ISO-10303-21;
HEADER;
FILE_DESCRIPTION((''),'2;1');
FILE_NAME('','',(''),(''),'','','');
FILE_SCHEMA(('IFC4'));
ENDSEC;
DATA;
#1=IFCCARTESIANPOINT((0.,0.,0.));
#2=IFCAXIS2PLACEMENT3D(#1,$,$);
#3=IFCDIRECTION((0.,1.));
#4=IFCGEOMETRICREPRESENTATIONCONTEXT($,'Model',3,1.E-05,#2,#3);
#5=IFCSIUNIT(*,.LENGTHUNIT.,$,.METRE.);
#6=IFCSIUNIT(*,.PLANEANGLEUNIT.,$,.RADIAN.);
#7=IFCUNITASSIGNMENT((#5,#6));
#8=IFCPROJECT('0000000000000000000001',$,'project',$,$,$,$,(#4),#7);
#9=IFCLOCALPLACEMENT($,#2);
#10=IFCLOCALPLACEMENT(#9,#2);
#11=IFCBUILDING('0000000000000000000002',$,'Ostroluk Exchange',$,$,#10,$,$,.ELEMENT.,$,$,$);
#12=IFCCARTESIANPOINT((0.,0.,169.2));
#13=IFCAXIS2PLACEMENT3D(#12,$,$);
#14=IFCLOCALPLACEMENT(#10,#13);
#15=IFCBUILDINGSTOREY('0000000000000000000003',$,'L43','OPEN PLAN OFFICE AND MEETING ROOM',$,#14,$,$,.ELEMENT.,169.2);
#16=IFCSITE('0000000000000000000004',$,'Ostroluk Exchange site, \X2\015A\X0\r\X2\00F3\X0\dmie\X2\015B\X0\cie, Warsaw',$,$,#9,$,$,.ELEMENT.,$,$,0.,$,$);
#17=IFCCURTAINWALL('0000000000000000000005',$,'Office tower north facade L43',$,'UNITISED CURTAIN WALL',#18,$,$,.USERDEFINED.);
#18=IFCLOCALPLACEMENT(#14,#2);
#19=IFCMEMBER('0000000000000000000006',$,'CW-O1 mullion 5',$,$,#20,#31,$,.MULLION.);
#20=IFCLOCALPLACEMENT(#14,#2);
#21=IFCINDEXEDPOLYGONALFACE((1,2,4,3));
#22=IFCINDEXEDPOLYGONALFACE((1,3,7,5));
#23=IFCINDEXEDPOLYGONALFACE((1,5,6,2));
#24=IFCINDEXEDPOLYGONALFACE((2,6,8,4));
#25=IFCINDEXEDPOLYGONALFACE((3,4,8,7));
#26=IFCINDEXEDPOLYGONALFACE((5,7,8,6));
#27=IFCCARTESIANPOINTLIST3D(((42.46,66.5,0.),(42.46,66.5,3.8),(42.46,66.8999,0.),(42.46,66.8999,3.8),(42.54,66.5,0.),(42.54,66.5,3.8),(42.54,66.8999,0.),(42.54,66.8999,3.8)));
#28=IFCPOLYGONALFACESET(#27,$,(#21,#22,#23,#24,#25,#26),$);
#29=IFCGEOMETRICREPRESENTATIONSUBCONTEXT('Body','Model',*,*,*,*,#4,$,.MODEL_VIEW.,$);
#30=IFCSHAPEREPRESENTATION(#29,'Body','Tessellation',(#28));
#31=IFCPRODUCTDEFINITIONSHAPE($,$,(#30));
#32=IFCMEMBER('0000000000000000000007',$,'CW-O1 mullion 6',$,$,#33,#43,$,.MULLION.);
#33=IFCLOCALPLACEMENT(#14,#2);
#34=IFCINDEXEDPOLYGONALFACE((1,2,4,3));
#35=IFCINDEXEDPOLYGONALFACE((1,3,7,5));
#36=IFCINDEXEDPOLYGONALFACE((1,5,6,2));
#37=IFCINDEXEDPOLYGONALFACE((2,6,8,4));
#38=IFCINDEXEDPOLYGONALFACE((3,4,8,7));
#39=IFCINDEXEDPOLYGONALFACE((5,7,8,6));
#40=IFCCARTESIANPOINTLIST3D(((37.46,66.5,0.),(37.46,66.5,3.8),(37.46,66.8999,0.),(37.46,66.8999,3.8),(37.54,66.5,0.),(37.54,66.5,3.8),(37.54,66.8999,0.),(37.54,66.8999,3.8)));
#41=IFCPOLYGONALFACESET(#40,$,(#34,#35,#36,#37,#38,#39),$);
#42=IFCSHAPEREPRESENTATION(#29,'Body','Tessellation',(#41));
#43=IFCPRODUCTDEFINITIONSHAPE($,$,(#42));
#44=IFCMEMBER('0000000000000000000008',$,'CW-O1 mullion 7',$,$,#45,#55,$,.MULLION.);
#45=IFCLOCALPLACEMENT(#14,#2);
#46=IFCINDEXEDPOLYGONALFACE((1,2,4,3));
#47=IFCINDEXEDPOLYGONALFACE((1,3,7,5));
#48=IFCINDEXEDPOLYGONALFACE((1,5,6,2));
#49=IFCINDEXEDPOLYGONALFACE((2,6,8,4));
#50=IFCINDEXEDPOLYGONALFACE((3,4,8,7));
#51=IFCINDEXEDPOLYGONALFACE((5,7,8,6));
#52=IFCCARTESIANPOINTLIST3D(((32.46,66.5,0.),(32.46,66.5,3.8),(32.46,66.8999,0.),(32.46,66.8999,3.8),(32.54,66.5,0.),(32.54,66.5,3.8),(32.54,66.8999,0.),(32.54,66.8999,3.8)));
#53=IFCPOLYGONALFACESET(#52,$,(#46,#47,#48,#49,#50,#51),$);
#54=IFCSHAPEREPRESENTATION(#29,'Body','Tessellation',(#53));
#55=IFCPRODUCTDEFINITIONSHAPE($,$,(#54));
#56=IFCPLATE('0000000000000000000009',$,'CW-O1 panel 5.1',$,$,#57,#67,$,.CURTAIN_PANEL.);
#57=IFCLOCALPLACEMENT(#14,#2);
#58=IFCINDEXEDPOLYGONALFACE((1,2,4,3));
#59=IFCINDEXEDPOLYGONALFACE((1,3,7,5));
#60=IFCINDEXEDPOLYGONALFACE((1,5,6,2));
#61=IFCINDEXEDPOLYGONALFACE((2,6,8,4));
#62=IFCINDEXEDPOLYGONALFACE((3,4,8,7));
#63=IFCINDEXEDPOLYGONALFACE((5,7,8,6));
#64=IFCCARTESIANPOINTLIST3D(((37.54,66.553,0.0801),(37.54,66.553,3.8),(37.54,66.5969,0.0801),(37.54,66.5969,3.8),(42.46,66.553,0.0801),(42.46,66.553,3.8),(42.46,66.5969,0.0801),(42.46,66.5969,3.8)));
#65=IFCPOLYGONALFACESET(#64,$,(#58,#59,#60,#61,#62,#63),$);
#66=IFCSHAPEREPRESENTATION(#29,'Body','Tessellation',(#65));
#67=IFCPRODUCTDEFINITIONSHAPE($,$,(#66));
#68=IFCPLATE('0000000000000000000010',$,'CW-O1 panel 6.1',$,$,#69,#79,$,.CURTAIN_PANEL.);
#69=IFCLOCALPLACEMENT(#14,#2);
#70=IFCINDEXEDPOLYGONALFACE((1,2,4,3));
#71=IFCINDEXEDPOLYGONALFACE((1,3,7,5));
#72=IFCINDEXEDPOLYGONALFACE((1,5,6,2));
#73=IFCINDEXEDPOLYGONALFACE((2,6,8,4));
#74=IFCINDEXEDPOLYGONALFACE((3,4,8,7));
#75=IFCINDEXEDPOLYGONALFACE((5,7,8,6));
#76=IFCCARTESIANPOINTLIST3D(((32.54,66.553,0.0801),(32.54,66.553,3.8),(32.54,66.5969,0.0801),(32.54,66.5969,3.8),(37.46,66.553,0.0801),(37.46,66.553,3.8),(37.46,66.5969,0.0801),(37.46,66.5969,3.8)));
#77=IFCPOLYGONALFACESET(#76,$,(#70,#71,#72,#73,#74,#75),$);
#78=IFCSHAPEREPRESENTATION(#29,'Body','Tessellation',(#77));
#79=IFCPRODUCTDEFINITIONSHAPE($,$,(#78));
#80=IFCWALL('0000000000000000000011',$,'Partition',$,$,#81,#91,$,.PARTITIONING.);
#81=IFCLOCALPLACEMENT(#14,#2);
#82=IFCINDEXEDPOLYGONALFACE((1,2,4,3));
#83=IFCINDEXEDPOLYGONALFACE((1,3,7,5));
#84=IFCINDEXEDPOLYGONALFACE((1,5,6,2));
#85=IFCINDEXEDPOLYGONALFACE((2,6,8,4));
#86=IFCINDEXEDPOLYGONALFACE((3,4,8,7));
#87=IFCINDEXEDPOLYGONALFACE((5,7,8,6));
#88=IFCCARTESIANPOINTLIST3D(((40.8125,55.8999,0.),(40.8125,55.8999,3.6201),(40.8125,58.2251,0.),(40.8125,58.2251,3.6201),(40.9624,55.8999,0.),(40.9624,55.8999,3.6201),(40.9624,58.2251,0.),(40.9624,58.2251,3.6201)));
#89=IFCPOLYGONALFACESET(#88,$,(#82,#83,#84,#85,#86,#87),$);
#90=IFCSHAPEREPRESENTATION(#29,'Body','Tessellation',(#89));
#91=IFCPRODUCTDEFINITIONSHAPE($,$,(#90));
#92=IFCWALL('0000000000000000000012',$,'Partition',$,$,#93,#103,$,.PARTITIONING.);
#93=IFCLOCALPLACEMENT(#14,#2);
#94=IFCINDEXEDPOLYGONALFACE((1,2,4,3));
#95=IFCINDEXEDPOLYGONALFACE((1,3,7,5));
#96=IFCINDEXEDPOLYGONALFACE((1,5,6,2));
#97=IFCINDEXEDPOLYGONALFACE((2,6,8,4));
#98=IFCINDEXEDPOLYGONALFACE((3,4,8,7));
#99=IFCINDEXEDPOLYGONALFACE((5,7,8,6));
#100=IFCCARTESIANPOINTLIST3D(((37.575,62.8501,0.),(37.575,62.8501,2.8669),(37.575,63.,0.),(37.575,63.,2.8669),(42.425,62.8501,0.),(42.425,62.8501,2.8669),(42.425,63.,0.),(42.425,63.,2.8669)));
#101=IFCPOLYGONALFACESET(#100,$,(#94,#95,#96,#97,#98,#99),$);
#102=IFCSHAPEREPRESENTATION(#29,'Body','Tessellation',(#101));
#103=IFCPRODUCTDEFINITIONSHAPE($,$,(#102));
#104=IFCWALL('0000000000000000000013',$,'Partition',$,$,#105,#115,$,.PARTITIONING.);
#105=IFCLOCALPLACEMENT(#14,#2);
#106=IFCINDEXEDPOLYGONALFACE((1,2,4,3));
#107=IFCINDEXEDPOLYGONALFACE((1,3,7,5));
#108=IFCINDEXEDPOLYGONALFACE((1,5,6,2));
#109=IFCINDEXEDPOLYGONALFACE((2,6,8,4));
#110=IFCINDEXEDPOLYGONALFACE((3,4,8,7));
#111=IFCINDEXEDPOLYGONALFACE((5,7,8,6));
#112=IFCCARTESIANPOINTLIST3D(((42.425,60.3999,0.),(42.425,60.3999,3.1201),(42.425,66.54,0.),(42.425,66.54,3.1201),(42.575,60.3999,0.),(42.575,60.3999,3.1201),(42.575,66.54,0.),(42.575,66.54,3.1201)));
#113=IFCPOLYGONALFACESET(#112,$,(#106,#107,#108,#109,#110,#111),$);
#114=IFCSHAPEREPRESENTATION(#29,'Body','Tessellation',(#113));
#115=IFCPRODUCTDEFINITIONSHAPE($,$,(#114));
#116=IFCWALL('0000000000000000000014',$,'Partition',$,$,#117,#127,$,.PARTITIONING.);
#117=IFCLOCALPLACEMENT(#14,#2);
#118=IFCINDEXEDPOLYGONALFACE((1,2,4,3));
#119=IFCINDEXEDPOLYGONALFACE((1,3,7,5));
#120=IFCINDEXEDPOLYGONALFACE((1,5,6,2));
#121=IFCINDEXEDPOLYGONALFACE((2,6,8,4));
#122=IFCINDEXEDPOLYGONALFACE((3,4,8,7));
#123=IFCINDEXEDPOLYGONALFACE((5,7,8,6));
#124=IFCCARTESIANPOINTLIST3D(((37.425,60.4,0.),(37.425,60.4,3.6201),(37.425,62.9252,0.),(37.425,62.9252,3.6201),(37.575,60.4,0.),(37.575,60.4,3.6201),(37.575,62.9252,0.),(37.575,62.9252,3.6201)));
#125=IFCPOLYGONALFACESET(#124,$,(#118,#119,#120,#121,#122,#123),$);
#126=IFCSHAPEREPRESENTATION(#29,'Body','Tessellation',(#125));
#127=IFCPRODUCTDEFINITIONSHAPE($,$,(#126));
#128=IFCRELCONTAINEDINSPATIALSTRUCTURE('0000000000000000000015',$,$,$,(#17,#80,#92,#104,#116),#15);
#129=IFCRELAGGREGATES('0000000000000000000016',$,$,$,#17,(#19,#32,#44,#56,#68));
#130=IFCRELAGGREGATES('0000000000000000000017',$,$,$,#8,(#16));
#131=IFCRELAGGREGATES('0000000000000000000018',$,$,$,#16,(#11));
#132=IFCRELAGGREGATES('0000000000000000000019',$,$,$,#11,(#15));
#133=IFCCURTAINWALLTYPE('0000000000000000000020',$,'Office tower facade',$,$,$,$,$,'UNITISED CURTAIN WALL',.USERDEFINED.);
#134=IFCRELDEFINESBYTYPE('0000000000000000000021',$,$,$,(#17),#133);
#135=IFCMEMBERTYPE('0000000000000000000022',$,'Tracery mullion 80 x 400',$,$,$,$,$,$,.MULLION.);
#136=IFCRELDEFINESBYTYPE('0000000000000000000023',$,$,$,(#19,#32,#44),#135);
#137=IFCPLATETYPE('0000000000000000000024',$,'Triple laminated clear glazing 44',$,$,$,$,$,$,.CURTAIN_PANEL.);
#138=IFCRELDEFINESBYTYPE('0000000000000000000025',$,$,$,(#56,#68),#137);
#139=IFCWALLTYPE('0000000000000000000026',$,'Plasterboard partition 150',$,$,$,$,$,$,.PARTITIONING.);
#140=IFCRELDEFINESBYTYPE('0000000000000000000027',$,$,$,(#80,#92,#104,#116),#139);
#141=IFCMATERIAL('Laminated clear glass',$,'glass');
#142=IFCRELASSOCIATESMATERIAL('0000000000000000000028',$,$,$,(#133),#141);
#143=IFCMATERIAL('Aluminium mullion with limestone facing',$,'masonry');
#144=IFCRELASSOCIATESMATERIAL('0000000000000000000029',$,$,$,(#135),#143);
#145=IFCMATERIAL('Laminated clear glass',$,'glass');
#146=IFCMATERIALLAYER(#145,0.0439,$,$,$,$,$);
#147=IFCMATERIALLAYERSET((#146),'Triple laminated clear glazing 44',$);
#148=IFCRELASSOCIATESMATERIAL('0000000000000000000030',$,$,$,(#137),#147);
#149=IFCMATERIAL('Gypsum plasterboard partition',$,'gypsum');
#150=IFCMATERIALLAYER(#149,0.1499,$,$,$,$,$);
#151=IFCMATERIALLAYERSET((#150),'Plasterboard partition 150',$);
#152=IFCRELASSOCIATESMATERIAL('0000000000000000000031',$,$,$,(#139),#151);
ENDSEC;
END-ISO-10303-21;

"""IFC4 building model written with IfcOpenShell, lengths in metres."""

from ifc_helpers import new_model, si_unit, direction, frame, frame_2d, origin, origin_2d, place, context, subcontext, project, spatial, rectangle, extrude, material, layer, layer_set, material_profile, profile_set, type_object, element, aggregate, save


model = new_model("IFC4")

# Units and contexts
model_context = context("Model", 3, precision=1e-05, world=origin(), true_north=direction((0.0, 1.0)))
body_context = subcontext(model_context, "Body", "Model", "MODEL_VIEW")
ifc_project = project(units=[si_unit("LENGTHUNIT", "METRE"), si_unit("PLANEANGLEUNIT", "RADIAN")], contexts=[model_context])

# Site, building, storey
site_placement = place(None, origin())
site = spatial("IfcSite", under=ifc_project, at=site_placement, Name="Ostroluk Exchange site, Śródmieście, Warsaw", CompositionType="ELEMENT", RefElevation=0.0)
building_placement = place(site_placement, origin())
building = spatial("IfcBuilding", under=site, at=building_placement, Name="Ostroluk Exchange", CompositionType="ELEMENT")
storey_placement = place(building_placement, frame((0.0, 0.0, 169.2)))
storey = spatial("IfcBuildingStorey", under=building, at=storey_placement, Name="L43", Description="OPEN PLAN OFFICE AND MEETING ROOM", CompositionType="ELEMENT", Elevation=169.2)

# Curtain wall, members, plates
ifc_material_1 = material(Name="Laminated clear glass", Category="glass")
curtain_wall_type = type_object("IfcCurtainWallType", Name="Office tower facade", ElementType="UNITISED CURTAIN WALL", PredefinedType="USERDEFINED", material=ifc_material_1)
curtain_wall_placement = place(storey_placement, origin())
curtain_wall = element("IfcCurtainWall", 1, at=curtain_wall_placement, inside=storey, type_object=curtain_wall_type, Name="Office tower north facade L43", ObjectType="UNITISED CURTAIN WALL", PredefinedType="USERDEFINED")
ifc_material_2 = material(Name="Aluminium mullion with limestone facing", Category="masonry")
ifc_material_profile_1 = material_profile(ifc_material_2, rectangle(XDim=0.3999, YDim=0.0801, at=origin_2d()), Name="Tracery mullion 80 x 400")
ifc_profile_set_1 = profile_set([ifc_material_profile_1], Name="Aluminium mullion with limestone facing")
member_type_1 = type_object("IfcMemberType", Name="Tracery mullion 80 x 400", PredefinedType="MULLION", material=ifc_profile_set_1)
member_1_placement = place(storey_placement, frame((42.5, 66.7, 0.0), z_axis=(0.0, 0.0, 1.0), x_axis=(0.0, -1.0, 0.0)))
member_1 = element("IfcMember", 2, at=member_1_placement, type_object=member_type_1, Name="CW-O1 mullion 5", PredefinedType="MULLION", context=body_context, shape_type="SweptSolid", body=[
    extrude(rectangle(XDim=0.3999, YDim=0.0801, at=origin_2d()), origin(), (0.0, 0.0, 1.0), 3.8),
])
member_2_placement = place(storey_placement, frame((37.5, 66.7, 0.0), z_axis=(0.0, 0.0, 1.0), x_axis=(0.0, -1.0, 0.0)))
member_2 = element("IfcMember", 3, at=member_2_placement, type_object=member_type_1, Name="CW-O1 mullion 6", PredefinedType="MULLION", context=body_context, shape_type="SweptSolid", body=[
    extrude(rectangle(XDim=0.3999, YDim=0.0801, at=origin_2d()), origin(), (0.0, 0.0, 1.0), 3.8),
])
member_3_placement = place(storey_placement, frame((32.5, 66.7, 0.0), z_axis=(0.0, 0.0, 1.0), x_axis=(0.0, -1.0, 0.0)))
member_3 = element("IfcMember", 4, at=member_3_placement, type_object=member_type_1, Name="CW-O1 mullion 7", PredefinedType="MULLION", context=body_context, shape_type="SweptSolid", body=[
    extrude(rectangle(XDim=0.3999, YDim=0.0801, at=origin_2d()), origin(), (0.0, 0.0, 1.0), 3.8),
])
ifc_material_3 = material(Name="Laminated clear glass", Category="glass")
ifc_layer_1 = layer(ifc_material_3, 0.0439)
ifc_layer_set_1 = layer_set([ifc_layer_1], Name="Triple laminated clear glazing 44")
plate_type = type_object("IfcPlateType", Name="Triple laminated clear glazing 44", PredefinedType="CURTAIN_PANEL", material=ifc_layer_set_1)
plate_1_placement = place(storey_placement, frame((40.0, 66.575, 0.0801), z_axis=(0.0, 0.0, 1.0), x_axis=(-1.0, 0.0, 0.0)))
plate_1 = element("IfcPlate", 5, at=plate_1_placement, type_object=plate_type, Name="CW-O1 panel 5.1", PredefinedType="CURTAIN_PANEL", context=body_context, shape_type="SweptSolid", body=[
    extrude(rectangle(XDim=4.9199, YDim=0.0439, at=origin_2d()), origin(), (0.0, 0.0, 1.0), 3.72),
])
plate_2_placement = place(storey_placement, frame((35.0, 66.575, 0.0801), z_axis=(0.0, 0.0, 1.0), x_axis=(-1.0, 0.0, 0.0)))
plate_2 = element("IfcPlate", 6, at=plate_2_placement, type_object=plate_type, Name="CW-O1 panel 6.1", PredefinedType="CURTAIN_PANEL", context=body_context, shape_type="SweptSolid", body=[
    extrude(rectangle(XDim=4.9199, YDim=0.0439, at=origin_2d()), origin(), (0.0, 0.0, 1.0), 3.72),
])
aggregate(curtain_wall, [member_1, member_2, member_3, plate_1, plate_2])

# Walls
ifc_material_4 = material(Name="Gypsum plasterboard partition", Category="gypsum")
ifc_layer_2 = layer(ifc_material_4, 0.1499)
ifc_layer_set_2 = layer_set([ifc_layer_2], Name="Plasterboard partition 150")
wall_type = type_object("IfcWallType", Name="Plasterboard partition 150", PredefinedType="PARTITIONING", material=ifc_layer_set_2)
wall_1_placement = place(storey_placement, frame((40.8875, 55.8999, 0.0), z_axis=(0.0, 0.0, 1.0), x_axis=(0.0, 1.0, 0.0)))
element("IfcWall", 7, at=wall_1_placement, inside=storey, type_object=wall_type, Name="Partition", PredefinedType="PARTITIONING", context=body_context, shape_type="SweptSolid", body=[
    extrude(rectangle(XDim=2.3252, YDim=0.1499, at=frame_2d((1.1626, 0.0))), origin(), (0.0, 0.0, 1.0), 3.6201),
])
wall_2_placement = place(storey_placement, frame((42.425, 62.925, 0.0), z_axis=(0.0, 0.0, 1.0), x_axis=(-1.0, 0.0, 0.0)))
element("IfcWall", 8, at=wall_2_placement, inside=storey, type_object=wall_type, Name="Partition", PredefinedType="PARTITIONING", context=body_context, shape_type="SweptSolid", body=[
    extrude(rectangle(XDim=4.8501, YDim=0.1499, at=frame_2d((2.425, 0.0))), origin(), (0.0, 0.0, 1.0), 2.8669),
])
wall_3_placement = place(storey_placement, frame((42.5, 60.3999, 0.0), z_axis=(0.0, 0.0, 1.0), x_axis=(0.0, 1.0, 0.0)))
element("IfcWall", 9, at=wall_3_placement, inside=storey, type_object=wall_type, Name="Partition", PredefinedType="PARTITIONING", context=body_context, shape_type="SweptSolid", body=[
    extrude(rectangle(XDim=6.1401, YDim=0.1499, at=frame_2d((3.0701, 0.0))), origin(), (0.0, 0.0, 1.0), 3.1201),
])
wall_4_placement = place(storey_placement, frame((37.5, 60.3999, 0.0), z_axis=(0.0, 0.0, 1.0), x_axis=(0.0, 1.0, 0.0)))
element("IfcWall", 10, at=wall_4_placement, inside=storey, type_object=wall_type, Name="Partition", PredefinedType="PARTITIONING", context=body_context, shape_type="SweptSolid", body=[
    extrude(rectangle(XDim=2.5251, YDim=0.1499, at=frame_2d((1.2627, 0.0))), origin(), (0.0, 0.0, 1.0), 3.6201),
])

save(model, "model.ifc")
